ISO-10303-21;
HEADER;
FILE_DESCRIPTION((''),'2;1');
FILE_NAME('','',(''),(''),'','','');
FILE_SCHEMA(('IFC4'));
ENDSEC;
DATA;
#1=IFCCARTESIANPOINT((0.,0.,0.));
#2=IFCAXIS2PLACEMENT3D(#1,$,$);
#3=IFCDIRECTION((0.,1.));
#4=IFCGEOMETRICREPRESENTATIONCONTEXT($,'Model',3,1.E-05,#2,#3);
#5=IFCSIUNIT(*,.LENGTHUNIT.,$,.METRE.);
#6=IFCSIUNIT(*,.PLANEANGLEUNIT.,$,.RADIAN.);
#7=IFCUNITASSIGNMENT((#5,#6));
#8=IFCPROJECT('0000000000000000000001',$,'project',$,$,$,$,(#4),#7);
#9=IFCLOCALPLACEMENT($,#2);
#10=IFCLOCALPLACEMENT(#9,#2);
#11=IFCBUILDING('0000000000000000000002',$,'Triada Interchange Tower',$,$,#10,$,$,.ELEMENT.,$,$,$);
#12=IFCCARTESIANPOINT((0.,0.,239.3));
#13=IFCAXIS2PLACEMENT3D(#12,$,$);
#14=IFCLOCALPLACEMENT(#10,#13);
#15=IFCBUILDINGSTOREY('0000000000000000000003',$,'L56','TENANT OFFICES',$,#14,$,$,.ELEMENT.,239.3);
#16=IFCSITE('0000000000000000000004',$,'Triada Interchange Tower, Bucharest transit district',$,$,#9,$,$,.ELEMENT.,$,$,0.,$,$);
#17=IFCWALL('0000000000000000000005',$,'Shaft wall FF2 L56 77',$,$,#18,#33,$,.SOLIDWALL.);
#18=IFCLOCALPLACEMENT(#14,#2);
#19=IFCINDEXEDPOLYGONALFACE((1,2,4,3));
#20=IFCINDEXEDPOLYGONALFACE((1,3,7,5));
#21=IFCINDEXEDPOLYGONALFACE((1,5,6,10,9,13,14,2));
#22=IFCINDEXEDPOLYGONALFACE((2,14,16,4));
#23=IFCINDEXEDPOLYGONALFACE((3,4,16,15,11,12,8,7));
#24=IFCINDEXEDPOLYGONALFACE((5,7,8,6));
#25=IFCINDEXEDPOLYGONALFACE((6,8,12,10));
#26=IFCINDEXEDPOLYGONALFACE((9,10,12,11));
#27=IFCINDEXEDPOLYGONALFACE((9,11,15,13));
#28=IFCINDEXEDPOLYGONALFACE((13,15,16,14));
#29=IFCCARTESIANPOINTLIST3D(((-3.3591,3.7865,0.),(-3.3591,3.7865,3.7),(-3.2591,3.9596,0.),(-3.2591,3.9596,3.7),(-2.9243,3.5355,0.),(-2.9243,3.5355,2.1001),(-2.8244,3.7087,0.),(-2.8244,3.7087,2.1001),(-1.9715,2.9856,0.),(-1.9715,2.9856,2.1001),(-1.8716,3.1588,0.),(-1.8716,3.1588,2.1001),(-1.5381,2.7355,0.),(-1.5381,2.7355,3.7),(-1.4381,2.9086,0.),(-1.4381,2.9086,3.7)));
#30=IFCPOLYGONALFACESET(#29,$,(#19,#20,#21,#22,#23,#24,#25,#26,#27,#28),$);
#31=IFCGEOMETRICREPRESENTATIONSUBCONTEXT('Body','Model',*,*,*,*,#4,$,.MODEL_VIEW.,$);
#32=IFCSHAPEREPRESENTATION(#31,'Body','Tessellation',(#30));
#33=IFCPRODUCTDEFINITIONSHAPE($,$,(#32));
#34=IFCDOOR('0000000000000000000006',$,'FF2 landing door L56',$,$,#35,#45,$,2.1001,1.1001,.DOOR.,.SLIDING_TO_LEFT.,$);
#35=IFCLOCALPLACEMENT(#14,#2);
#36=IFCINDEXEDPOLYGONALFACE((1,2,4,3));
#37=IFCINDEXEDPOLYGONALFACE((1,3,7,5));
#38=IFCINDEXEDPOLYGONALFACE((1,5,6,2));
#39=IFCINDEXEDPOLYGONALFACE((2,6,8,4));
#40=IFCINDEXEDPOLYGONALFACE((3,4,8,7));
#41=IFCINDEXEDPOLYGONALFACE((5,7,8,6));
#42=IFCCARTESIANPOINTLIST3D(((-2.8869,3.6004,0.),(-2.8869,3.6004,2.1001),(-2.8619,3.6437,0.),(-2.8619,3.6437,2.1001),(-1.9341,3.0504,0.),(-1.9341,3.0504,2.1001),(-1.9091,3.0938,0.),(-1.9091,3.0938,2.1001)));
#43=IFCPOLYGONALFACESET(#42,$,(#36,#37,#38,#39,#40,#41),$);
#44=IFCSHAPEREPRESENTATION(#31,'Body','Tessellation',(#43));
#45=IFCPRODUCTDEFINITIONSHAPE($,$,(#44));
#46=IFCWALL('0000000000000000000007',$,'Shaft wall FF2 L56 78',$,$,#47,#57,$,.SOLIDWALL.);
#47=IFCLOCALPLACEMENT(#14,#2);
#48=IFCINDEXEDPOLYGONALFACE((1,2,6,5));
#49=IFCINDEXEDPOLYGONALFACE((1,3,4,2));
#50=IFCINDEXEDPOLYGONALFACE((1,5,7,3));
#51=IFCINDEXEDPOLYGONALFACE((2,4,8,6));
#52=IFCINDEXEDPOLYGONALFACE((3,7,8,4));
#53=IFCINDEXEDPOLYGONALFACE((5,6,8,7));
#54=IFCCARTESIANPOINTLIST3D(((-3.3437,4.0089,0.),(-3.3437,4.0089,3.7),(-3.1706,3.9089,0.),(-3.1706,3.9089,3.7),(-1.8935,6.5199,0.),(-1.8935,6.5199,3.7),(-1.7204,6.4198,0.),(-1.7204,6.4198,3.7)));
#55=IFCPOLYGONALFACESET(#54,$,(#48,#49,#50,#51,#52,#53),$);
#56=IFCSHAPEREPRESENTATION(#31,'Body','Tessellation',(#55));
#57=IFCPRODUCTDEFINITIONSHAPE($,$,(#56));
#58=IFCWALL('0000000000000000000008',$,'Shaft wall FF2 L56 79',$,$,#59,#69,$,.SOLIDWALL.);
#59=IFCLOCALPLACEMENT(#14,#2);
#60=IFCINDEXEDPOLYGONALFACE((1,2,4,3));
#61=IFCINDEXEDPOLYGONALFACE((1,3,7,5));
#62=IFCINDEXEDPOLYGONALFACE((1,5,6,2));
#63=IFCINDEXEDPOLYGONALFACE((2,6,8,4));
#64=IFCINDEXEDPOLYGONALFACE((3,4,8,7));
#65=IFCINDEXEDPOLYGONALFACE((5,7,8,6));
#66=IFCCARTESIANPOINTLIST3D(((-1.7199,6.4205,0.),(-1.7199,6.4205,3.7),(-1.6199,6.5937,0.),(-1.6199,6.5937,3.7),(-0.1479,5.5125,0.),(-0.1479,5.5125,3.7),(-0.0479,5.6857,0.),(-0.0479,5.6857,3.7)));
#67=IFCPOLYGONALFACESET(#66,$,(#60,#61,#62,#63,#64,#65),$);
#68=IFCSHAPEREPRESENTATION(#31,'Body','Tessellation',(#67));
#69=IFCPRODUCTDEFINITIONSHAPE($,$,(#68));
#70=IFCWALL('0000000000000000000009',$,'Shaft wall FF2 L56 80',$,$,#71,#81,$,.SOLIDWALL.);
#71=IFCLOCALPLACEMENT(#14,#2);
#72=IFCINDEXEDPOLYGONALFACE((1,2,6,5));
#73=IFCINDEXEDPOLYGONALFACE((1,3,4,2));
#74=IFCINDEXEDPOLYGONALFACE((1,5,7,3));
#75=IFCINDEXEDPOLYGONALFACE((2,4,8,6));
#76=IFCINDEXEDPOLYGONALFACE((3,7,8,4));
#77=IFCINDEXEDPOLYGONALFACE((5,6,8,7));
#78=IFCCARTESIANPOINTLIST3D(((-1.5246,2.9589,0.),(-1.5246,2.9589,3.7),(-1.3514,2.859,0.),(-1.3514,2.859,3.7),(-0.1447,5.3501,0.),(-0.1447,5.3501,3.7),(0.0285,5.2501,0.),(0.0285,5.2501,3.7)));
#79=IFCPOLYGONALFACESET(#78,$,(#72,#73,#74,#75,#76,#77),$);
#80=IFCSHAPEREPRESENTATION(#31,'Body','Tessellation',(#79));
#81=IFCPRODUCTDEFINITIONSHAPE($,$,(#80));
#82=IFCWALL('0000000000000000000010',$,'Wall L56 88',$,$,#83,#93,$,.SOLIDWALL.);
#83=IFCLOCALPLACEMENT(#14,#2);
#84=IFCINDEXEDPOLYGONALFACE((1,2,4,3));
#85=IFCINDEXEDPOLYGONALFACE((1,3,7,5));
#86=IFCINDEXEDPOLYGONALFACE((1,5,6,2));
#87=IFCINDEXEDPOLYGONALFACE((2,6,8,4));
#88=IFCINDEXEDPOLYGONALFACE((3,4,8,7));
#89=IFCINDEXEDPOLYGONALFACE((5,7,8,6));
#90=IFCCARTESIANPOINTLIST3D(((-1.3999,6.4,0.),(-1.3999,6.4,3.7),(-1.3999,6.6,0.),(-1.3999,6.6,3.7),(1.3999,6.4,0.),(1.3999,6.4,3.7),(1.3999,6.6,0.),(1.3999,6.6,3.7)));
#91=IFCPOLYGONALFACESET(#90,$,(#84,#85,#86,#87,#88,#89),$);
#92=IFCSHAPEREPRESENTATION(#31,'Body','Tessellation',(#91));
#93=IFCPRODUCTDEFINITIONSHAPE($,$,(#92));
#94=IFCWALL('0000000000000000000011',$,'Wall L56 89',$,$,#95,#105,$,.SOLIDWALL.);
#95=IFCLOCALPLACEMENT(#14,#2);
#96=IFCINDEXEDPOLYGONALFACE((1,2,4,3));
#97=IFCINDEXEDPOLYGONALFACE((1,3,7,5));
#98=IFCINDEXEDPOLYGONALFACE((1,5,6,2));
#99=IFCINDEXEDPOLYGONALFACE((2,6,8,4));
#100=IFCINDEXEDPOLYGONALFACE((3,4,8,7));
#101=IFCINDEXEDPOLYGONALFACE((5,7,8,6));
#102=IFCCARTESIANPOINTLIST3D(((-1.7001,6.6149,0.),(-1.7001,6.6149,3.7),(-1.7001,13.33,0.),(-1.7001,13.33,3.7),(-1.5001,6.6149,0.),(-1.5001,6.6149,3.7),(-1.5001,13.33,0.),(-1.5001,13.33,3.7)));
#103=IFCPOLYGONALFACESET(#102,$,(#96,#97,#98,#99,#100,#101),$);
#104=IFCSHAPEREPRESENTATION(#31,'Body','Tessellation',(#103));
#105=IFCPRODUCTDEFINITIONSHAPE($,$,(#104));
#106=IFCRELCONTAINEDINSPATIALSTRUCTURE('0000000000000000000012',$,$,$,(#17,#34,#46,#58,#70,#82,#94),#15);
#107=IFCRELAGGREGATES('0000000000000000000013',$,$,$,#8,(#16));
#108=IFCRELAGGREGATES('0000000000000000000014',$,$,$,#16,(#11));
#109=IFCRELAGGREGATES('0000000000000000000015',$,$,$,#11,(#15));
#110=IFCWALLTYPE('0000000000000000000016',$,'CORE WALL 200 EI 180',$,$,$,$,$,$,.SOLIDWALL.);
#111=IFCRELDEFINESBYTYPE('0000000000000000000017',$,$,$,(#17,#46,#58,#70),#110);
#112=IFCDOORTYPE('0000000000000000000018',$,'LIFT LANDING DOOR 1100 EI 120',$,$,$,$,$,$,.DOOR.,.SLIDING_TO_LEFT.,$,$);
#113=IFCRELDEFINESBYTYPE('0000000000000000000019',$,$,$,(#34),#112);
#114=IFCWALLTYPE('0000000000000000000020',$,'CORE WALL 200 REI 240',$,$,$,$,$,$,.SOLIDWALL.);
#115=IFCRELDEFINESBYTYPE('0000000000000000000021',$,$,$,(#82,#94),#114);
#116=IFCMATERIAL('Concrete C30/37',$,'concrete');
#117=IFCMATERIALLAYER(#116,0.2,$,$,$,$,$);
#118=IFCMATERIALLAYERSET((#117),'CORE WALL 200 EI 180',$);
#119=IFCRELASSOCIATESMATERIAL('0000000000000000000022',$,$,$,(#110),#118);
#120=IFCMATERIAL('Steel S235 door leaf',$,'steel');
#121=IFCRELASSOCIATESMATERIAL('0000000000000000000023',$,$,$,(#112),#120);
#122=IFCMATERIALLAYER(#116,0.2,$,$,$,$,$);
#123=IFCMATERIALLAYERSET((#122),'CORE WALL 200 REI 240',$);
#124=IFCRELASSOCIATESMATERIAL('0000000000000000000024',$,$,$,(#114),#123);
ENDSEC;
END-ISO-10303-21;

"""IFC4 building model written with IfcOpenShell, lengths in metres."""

from ifc_helpers import new_model, si_unit, direction, frame, frame_2d, origin, place, context, subcontext, project, spatial, rectangle, extrude, material, layer, layer_set, type_object, element, fill, save


model = new_model("IFC4")

# Units and contexts
model_context = context("Model", 3, precision=1e-05, world=origin(), true_north=direction((0.0, 1.0)))
body_context = subcontext(model_context, "Body", "Model", "MODEL_VIEW")
ifc_project = project(units=[si_unit("LENGTHUNIT", "METRE"), si_unit("PLANEANGLEUNIT", "RADIAN")], contexts=[model_context])

# Site, building, storey
site_placement = place(None, origin())
site = spatial("IfcSite", under=ifc_project, at=site_placement, Name="Triada Interchange Tower, Bucharest transit district", CompositionType="ELEMENT", RefElevation=0.0)
building_placement = place(site_placement, origin())
building = spatial("IfcBuilding", under=site, at=building_placement, Name="Triada Interchange Tower", CompositionType="ELEMENT")
storey_placement = place(building_placement, frame((0.0, 0.0, 239.3)))
storey = spatial("IfcBuildingStorey", under=building, at=storey_placement, Name="L56", Description="TENANT OFFICES", CompositionType="ELEMENT", Elevation=239.3)

# Shared definitions
ifc_material_1 = material(Name="Concrete C30/37", Category="concrete")
ifc_layer_1 = layer(ifc_material_1, 0.2)
ifc_layer_set_1 = layer_set([ifc_layer_1], Name="CORE WALL 200 EI 180")
wall_type_1 = type_object("IfcWallType", Name="CORE WALL 200 EI 180", PredefinedType="SOLIDWALL", material=ifc_layer_set_1)

# Shared definitions
ifc_material_2 = material(Name="Steel S235 door leaf", Category="steel")

# Wall, opening, door
door_type_1 = type_object("IfcDoorType", Name="LIFT LANDING DOOR 1100 EI 120", OperationType="SLIDING_TO_LEFT", PredefinedType="DOOR", material=ifc_material_2)
wall_1_placement = place(storey_placement, frame((-3.3091, 3.873, 0.0), z_axis=(0.0, 0.0, 1.0), x_axis=(0.866099, -0.499873, 0.0)))
wall_1 = element("IfcWall", 1, at=wall_1_placement, inside=storey, type_object=wall_type_1, Name="Shaft wall FF2 L56 77", PredefinedType="SOLIDWALL", context=body_context, shape_type="SweptSolid", body=[
    extrude(rectangle(XDim=2.1025, YDim=0.2, at=frame_2d((1.0513, 0.0))), origin(), (0.0, 0.0, 1.0), 3.7),
])
opening_1_placement = place(wall_1_placement, frame((0.502, 0.0, 0.0)))
opening_1 = element("IfcOpeningElement", 2, at=opening_1_placement, cuts=wall_1, PredefinedType="OPENING", context=body_context, shape_type="SweptSolid", body=[
    extrude(rectangle(XDim=1.1001, YDim=2.1001, at=frame_2d((0.55, 1.05))), frame((0.0, 0.1099, 0.0), z_axis=(0.0, -1.0, 0.0), x_axis=(1.0, 0.0, 0.0)), (0.0, 0.0, 1.0), 0.22),
])
door_1_placement = place(opening_1_placement, origin())
door_1 = element("IfcDoor", 3, at=door_1_placement, inside=storey, type_object=door_type_1, Name="FF2 landing door L56", OperationType="SLIDING_TO_LEFT", OverallHeight=2.1001, OverallWidth=1.1001, PredefinedType="DOOR", context=body_context, shape_type="SweptSolid", body=[
    extrude(rectangle(XDim=1.1001, YDim=2.1001, at=frame_2d((0.55, 1.05))), frame((0.0, 0.0249, 0.0), z_axis=(0.0, -1.0, 0.0), x_axis=(1.0, 0.0, 0.0)), (0.0, 0.0, 1.0), 0.05),
])
fill(opening_1, door_1)

# Walls
wall_2_placement = place(storey_placement, frame((-3.2571, 3.959, 0.0), z_axis=(0.0, 0.0, 1.0), x_axis=(0.500123, 0.865954, 0.0)))
element("IfcWall", 4, at=wall_2_placement, inside=storey, type_object=wall_type_1, Name="Shaft wall FF2 L56 78", PredefinedType="SOLIDWALL", context=body_context, shape_type="SweptSolid", body=[
    extrude(rectangle(XDim=2.8997, YDim=0.2, at=frame_2d((1.4497, 0.0))), origin(), (0.0, 0.0, 1.0), 3.7),
])
wall_3_placement = place(storey_placement, frame((-1.6699, 6.5071, 0.0), z_axis=(0.0, 0.0, 1.0), x_axis=(0.865941, -0.500145, 0.0)))
element("IfcWall", 5, at=wall_3_placement, inside=storey, type_object=wall_type_1, Name="Shaft wall FF2 L56 79", PredefinedType="SOLIDWALL", context=body_context, shape_type="SweptSolid", body=[
    extrude(rectangle(XDim=1.8154, YDim=0.2, at=frame_2d((0.9077, 0.0))), origin(), (0.0, 0.0, 1.0), 3.7),
])
wall_4_placement = place(storey_placement, frame((-1.438, 2.9089, 0.0), z_axis=(0.0, 0.0, 1.0), x_axis=(0.49983, 0.866124, 0.0)))
element("IfcWall", 6, at=wall_4_placement, inside=storey, type_object=wall_type_1, Name="Shaft wall FF2 L56 80", PredefinedType="SOLIDWALL", context=body_context, shape_type="SweptSolid", body=[
    extrude(rectangle(XDim=2.7607, YDim=0.2, at=frame_2d((1.3804, 0.0))), origin(), (0.0, 0.0, 1.0), 3.7),
])
ifc_layer_2 = layer(ifc_material_1, 0.2)
ifc_layer_set_2 = layer_set([ifc_layer_2], Name="CORE WALL 200 REI 240")
wall_type_2 = type_object("IfcWallType", Name="CORE WALL 200 REI 240", PredefinedType="SOLIDWALL", material=ifc_layer_set_2)
wall_5_placement = place(storey_placement, frame((-1.3999, 6.5, 0.0), z_axis=(0.0, 0.0, 1.0), x_axis=(1.0, 0.0, 0.0)))
element("IfcWall", 7, at=wall_5_placement, inside=storey, type_object=wall_type_2, Name="Wall L56 88", PredefinedType="SOLIDWALL", context=body_context, shape_type="SweptSolid", body=[
    extrude(rectangle(XDim=2.7998, YDim=0.2, at=frame_2d((1.3999, 0.0))), origin(), (0.0, 0.0, 1.0), 3.7),
])
wall_6_placement = place(storey_placement, frame((-1.6001, 6.615, 0.0), z_axis=(0.0, 0.0, 1.0), x_axis=(0.0, 1.0, 0.0)))
element("IfcWall", 8, at=wall_6_placement, inside=storey, type_object=wall_type_2, Name="Wall L56 89", PredefinedType="SOLIDWALL", context=body_context, shape_type="SweptSolid", body=[
    extrude(rectangle(XDim=6.7151, YDim=0.2, at=frame_2d((3.3574, 0.0))), origin(), (0.0, 0.0, 1.0), 3.7),
])

save(model, "model.ifc")
